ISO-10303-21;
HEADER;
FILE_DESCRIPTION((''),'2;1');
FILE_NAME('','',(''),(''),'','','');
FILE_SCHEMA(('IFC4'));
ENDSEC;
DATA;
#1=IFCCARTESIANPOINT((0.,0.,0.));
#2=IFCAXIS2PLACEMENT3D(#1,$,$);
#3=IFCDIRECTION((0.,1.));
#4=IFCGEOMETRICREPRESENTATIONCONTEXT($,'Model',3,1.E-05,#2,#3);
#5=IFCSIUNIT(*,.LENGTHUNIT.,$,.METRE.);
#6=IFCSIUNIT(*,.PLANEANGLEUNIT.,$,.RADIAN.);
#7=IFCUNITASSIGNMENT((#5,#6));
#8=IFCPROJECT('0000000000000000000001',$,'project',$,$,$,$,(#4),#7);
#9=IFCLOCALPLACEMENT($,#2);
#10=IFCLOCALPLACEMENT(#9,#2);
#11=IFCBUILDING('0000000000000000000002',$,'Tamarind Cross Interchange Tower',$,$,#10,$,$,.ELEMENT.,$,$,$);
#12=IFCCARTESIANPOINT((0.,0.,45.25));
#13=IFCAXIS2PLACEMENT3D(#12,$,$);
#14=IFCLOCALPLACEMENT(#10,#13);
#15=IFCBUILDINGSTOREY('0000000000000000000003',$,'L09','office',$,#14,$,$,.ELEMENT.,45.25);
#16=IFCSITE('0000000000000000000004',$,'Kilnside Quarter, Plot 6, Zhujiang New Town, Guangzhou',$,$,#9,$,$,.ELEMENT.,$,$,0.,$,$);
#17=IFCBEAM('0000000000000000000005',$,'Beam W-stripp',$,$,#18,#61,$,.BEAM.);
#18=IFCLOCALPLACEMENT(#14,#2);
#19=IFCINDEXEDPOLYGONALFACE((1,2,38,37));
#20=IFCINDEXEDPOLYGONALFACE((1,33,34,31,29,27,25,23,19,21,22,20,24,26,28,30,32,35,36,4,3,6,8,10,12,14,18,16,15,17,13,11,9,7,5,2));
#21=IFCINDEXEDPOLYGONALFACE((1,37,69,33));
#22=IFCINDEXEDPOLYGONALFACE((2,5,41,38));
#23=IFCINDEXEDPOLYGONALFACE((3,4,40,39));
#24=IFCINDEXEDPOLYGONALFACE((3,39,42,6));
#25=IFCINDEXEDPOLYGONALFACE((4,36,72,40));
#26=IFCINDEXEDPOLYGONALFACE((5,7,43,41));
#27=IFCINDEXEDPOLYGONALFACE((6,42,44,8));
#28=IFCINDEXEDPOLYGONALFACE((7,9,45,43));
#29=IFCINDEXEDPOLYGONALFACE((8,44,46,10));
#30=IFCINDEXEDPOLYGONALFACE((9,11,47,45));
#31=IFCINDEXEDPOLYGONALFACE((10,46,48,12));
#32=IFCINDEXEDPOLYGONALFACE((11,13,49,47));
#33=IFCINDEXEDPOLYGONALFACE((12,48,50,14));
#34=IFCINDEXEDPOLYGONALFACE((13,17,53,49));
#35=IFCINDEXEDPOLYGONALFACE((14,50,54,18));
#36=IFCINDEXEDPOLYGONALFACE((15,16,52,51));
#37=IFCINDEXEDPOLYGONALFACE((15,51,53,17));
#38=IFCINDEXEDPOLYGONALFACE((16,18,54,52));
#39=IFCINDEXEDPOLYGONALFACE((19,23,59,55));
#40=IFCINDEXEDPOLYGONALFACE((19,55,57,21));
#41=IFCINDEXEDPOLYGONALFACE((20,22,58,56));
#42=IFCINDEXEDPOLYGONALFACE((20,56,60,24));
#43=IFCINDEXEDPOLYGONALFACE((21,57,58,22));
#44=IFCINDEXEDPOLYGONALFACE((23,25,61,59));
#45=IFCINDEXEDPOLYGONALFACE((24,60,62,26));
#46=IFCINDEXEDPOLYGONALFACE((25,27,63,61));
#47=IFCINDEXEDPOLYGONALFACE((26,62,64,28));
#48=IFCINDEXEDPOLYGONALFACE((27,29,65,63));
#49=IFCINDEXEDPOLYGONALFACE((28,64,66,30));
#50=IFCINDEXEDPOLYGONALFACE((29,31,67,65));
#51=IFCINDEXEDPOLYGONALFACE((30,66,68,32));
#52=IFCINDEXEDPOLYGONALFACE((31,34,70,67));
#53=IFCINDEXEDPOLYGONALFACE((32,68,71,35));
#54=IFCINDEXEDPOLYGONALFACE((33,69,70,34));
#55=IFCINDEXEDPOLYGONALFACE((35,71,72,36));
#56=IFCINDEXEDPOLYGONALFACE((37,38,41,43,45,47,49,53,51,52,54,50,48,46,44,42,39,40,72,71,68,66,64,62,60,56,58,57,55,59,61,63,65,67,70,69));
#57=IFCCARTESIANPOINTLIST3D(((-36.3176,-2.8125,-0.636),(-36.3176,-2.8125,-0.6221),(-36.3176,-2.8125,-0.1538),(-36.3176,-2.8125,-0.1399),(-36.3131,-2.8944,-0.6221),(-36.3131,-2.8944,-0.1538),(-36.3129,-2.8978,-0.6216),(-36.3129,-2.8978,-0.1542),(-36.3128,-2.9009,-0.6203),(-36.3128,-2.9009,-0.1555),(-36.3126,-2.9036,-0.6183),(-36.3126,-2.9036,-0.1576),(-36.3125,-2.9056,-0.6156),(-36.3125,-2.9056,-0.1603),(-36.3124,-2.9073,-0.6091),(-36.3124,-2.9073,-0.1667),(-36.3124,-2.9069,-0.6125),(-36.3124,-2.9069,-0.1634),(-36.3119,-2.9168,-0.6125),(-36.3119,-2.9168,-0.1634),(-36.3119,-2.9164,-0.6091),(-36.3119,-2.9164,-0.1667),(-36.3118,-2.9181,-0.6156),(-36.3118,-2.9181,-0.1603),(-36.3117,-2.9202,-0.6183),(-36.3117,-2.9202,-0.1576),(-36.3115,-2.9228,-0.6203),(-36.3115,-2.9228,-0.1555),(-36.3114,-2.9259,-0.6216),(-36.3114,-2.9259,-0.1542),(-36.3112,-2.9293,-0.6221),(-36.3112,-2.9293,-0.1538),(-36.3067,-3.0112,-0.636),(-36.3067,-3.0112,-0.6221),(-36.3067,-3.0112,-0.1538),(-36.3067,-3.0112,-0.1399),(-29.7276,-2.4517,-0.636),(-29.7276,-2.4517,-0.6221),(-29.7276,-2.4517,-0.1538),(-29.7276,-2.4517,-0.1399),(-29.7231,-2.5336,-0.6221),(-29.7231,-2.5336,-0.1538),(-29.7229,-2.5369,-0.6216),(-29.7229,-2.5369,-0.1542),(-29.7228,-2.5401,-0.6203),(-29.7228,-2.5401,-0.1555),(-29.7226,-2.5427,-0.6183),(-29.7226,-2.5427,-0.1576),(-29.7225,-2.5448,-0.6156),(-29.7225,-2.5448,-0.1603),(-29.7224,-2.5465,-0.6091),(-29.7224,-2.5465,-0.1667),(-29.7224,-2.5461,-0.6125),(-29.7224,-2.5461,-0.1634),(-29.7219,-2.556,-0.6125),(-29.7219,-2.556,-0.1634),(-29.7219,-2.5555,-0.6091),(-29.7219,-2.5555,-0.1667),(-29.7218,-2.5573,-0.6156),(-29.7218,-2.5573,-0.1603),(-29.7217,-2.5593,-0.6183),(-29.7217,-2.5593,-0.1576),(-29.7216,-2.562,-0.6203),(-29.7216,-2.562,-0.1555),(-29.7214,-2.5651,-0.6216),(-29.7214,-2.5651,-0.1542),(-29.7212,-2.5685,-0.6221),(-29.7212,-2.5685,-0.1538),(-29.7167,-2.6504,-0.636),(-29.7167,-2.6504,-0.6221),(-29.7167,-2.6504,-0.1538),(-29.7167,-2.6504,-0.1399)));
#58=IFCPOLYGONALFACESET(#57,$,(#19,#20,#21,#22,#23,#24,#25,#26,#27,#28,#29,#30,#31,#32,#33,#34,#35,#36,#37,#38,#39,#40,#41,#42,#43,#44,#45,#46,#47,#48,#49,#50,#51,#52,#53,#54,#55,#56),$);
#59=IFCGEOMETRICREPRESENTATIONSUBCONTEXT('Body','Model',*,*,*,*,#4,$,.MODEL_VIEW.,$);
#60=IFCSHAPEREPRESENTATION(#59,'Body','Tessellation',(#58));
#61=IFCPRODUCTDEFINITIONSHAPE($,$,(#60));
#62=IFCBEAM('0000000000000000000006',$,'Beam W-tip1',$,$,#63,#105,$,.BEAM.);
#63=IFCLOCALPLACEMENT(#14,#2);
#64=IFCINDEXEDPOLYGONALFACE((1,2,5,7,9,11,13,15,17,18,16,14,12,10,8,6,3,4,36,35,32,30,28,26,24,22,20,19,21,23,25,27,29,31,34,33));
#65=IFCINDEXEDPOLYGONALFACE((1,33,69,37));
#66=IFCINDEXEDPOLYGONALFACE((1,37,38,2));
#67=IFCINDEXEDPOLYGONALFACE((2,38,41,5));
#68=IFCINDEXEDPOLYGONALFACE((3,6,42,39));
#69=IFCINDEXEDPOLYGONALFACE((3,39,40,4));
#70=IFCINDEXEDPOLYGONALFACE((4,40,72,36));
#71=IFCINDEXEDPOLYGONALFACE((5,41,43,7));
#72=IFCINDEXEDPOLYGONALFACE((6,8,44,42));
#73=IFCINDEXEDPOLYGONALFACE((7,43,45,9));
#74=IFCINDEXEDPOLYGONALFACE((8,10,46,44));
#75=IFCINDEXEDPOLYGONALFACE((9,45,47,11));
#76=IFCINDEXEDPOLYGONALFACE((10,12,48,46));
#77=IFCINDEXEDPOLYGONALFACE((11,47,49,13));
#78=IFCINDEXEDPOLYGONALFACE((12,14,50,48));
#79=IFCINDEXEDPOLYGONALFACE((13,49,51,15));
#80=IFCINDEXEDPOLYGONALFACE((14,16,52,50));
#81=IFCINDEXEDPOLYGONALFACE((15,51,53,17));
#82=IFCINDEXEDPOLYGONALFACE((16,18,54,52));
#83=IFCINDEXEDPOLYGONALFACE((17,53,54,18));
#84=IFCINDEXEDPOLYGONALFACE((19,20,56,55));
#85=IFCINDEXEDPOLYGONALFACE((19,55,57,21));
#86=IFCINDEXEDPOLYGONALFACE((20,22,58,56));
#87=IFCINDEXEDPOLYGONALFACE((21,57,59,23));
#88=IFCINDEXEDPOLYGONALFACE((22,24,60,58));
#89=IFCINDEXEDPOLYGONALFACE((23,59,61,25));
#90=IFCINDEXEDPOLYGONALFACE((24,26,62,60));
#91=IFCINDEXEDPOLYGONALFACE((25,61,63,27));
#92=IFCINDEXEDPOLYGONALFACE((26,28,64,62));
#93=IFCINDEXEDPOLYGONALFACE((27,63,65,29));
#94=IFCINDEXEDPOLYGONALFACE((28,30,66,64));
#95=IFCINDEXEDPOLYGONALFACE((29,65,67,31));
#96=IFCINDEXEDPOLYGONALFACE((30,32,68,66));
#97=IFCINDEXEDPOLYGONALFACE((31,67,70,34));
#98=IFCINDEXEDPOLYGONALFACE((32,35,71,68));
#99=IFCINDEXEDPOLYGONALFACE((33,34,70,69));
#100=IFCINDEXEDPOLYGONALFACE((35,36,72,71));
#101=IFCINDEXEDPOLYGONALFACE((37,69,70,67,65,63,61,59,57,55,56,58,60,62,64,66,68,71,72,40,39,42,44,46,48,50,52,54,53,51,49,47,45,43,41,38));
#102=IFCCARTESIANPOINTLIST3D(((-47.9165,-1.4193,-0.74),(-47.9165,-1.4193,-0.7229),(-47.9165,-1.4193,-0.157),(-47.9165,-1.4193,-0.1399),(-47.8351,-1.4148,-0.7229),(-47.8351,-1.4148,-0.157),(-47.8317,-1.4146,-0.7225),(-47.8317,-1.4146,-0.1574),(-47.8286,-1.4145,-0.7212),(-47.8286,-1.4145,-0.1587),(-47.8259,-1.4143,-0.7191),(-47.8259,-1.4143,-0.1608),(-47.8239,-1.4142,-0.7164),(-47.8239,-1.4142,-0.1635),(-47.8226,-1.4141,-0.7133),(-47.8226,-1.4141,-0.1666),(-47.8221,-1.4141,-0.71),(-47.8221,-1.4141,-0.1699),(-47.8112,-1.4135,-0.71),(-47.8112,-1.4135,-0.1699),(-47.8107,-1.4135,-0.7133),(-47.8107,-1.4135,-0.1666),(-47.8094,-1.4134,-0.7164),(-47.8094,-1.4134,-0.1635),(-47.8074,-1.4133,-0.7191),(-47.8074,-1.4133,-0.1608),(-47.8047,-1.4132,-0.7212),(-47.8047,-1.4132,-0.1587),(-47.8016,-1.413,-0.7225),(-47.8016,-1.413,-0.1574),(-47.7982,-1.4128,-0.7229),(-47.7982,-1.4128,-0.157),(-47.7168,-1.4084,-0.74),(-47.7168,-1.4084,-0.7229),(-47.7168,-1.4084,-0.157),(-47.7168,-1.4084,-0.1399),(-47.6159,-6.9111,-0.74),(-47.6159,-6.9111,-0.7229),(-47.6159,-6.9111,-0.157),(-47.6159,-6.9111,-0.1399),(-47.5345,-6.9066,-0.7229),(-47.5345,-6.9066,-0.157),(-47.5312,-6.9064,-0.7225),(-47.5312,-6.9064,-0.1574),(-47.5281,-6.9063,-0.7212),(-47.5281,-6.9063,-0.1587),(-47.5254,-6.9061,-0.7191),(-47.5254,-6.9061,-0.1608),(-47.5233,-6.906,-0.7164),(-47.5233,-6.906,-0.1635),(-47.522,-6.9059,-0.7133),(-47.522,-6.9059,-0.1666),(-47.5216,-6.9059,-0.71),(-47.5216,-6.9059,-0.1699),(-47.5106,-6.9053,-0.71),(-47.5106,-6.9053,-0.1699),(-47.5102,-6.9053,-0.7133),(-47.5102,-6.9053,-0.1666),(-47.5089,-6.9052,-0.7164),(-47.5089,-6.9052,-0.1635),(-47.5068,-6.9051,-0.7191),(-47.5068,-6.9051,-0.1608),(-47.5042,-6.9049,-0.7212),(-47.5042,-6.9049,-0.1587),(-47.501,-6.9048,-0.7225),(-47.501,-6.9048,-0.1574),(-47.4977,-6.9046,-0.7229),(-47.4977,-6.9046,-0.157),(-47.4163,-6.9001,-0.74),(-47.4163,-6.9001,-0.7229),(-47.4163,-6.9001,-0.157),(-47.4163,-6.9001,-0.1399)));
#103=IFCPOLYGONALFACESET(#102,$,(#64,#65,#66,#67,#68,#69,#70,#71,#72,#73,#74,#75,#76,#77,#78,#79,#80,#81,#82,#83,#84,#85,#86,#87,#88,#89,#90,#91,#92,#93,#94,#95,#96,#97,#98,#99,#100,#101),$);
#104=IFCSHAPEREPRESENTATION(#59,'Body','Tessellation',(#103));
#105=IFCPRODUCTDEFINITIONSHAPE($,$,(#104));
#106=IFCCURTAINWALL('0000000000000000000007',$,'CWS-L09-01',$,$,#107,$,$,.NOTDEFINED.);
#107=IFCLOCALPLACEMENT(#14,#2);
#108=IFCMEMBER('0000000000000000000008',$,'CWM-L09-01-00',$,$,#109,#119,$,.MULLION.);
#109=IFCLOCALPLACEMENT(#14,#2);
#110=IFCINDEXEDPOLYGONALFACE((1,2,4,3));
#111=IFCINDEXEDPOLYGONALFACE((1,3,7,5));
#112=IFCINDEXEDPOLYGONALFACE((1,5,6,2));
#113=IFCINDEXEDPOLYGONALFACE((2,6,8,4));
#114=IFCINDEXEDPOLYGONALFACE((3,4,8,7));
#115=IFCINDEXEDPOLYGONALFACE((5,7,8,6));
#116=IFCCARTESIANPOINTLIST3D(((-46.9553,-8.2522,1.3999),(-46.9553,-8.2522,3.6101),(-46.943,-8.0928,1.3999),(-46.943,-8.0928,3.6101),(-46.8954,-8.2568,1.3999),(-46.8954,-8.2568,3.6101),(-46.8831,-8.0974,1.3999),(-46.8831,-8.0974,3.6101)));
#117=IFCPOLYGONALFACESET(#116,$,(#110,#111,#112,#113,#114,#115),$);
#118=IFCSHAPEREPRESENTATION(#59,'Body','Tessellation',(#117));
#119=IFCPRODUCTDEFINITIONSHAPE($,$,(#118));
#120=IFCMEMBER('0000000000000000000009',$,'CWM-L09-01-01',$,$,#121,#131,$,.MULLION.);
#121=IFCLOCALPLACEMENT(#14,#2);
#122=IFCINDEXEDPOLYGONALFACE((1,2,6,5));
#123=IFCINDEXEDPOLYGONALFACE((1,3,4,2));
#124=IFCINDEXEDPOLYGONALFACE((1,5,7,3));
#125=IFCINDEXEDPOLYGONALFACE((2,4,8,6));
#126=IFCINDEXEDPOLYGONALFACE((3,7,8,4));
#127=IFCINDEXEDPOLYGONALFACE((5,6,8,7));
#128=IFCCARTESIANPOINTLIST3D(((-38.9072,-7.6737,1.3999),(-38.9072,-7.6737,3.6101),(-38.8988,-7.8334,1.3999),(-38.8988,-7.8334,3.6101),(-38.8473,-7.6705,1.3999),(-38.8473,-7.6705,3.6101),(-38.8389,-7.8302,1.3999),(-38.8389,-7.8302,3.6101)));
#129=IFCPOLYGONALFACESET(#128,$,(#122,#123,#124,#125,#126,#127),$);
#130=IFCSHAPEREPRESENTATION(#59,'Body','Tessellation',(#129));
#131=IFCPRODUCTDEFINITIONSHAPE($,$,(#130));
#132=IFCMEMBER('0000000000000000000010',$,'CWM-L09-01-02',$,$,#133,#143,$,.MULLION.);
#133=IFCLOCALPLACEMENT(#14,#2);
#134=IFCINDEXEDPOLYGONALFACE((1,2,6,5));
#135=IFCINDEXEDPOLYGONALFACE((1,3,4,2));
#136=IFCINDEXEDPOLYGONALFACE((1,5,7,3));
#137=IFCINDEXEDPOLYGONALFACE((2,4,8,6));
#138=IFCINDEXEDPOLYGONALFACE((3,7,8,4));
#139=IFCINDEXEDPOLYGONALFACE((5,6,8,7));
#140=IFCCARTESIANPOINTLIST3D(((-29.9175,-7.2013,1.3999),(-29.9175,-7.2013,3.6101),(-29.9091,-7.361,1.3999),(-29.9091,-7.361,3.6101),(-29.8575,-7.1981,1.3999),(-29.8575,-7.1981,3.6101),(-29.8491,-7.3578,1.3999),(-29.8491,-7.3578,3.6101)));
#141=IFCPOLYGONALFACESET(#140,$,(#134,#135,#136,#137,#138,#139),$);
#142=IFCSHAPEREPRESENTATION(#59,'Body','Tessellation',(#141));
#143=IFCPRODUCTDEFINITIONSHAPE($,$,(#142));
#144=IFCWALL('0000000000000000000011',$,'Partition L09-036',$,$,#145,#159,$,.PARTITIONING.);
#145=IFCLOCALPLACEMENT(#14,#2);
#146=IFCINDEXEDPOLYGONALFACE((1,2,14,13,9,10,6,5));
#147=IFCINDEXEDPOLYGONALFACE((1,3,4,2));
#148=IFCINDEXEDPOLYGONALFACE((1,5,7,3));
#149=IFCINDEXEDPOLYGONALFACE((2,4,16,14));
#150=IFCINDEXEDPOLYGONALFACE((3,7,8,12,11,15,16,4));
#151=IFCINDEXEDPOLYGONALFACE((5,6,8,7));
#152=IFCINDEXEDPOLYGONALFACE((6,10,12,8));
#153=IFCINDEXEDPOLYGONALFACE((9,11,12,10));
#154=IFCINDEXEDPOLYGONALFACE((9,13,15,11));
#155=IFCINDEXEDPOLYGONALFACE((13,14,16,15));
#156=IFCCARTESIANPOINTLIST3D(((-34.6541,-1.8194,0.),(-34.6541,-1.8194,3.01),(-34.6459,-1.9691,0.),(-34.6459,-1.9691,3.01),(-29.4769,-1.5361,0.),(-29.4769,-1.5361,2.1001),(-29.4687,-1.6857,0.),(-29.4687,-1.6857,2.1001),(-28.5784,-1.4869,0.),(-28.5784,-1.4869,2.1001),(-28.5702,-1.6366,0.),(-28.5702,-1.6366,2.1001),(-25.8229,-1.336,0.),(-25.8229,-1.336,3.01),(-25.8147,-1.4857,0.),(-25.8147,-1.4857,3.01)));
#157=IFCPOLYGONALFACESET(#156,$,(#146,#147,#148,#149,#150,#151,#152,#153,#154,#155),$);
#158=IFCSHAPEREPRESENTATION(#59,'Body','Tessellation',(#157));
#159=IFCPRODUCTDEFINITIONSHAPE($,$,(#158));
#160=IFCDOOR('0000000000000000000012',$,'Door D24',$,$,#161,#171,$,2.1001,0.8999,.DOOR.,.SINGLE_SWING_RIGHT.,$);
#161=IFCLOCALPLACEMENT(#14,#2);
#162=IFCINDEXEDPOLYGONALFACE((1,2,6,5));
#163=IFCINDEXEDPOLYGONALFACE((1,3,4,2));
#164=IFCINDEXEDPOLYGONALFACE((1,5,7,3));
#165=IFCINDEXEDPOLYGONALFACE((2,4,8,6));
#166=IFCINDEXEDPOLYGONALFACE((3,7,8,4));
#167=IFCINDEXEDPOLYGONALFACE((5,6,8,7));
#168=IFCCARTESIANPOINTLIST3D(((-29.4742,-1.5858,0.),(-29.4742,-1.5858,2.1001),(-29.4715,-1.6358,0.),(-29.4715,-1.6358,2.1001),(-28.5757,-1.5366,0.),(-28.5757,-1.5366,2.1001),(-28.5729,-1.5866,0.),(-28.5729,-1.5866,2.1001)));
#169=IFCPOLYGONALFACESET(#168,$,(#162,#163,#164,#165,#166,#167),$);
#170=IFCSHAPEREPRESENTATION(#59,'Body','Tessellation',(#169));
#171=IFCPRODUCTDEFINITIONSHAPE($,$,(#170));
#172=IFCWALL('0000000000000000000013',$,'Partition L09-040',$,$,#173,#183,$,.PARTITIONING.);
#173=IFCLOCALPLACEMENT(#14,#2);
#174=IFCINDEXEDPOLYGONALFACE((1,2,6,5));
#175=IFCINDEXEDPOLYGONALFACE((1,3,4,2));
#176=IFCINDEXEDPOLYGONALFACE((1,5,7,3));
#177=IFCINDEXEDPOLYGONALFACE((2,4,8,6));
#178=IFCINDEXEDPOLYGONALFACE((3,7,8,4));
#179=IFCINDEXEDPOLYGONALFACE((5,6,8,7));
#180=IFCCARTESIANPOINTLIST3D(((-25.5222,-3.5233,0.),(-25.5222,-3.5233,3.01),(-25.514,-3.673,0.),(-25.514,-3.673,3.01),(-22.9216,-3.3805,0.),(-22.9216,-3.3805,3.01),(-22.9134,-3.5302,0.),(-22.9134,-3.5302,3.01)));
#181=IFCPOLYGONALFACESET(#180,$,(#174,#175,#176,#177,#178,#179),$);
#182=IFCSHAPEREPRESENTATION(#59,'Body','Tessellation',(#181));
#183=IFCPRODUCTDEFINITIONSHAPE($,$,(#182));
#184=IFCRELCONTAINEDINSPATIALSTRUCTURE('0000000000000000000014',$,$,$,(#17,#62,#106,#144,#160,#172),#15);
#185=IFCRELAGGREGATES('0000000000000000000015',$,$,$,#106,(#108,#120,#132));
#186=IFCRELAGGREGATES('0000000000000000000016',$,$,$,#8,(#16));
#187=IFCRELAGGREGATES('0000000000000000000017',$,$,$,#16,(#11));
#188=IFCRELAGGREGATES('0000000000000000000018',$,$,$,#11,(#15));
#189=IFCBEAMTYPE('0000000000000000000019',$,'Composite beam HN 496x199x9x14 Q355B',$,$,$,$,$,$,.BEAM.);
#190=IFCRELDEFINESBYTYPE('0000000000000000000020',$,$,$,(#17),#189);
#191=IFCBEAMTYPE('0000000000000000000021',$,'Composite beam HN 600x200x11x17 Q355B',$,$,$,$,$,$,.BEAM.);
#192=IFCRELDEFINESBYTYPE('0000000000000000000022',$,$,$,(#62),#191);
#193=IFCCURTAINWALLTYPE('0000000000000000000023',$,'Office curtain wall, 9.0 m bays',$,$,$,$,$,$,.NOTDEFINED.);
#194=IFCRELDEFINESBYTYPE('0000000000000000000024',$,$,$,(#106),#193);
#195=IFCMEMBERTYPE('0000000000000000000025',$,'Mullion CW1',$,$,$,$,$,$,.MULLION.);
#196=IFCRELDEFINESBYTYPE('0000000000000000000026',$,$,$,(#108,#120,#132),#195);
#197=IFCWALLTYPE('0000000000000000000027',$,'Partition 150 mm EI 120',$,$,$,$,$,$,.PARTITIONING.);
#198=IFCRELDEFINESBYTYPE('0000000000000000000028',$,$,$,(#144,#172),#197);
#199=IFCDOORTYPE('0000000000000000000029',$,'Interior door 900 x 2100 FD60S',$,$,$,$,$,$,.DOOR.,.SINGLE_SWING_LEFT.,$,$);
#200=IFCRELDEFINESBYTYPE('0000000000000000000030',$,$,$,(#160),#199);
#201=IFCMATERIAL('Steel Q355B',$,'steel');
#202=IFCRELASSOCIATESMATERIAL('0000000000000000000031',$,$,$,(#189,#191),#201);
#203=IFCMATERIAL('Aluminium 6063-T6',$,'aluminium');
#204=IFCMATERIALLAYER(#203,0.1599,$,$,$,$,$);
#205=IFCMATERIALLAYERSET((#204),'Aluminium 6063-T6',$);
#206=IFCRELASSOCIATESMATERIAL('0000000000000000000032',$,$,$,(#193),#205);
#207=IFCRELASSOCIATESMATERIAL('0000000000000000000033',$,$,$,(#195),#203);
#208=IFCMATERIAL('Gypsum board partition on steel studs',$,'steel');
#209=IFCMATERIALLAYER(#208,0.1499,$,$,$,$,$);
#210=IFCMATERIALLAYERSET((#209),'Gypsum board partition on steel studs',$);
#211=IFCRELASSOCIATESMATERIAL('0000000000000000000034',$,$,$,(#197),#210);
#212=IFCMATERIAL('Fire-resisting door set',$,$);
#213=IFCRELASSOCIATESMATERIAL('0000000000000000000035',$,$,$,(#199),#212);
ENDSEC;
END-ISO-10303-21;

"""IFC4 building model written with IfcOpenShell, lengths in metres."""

from ifc_helpers import new_model, si_unit, direction, frame, frame_2d, origin, origin_2d, place, context, subcontext, project, spatial, rectangle, i_section, extrude, material, layer, layer_set, material_profile, profile_set, type_object, element, fill, aggregate, save


model = new_model("IFC4")

# Units and contexts
model_context = context("Model", 3, precision=1e-05, world=origin(), true_north=direction((0.0, 1.0)))
body_context = subcontext(model_context, "Body", "Model", "MODEL_VIEW")
ifc_project = project(units=[si_unit("LENGTHUNIT", "METRE"), si_unit("PLANEANGLEUNIT", "RADIAN")], contexts=[model_context])

# Site, building, storey
site_placement = place(None, origin())
site = spatial("IfcSite", under=ifc_project, at=site_placement, Name="Kilnside Quarter, Plot 6, Zhujiang New Town, Guangzhou", CompositionType="ELEMENT", RefElevation=0.0)
building_placement = place(site_placement, origin())
building = spatial("IfcBuilding", under=site, at=building_placement, Name="Tamarind Cross Interchange Tower", CompositionType="ELEMENT")
storey_placement = place(building_placement, frame((0.0, 0.0, 45.25)))
storey = spatial("IfcBuildingStorey", under=building, at=storey_placement, Name="L09", Description="office", CompositionType="ELEMENT", Elevation=45.25)

# Beams
ifc_material_1 = material(Name="Steel Q355B", Category="steel")
ifc_material_profile_1 = material_profile(ifc_material_1, i_section(OverallWidth=0.199, OverallDepth=0.4961, WebThickness=0.009, FlangeThickness=0.0139, FilletRadius=0.0129, at=origin_2d()), Name="HN 496x199x9x14")
ifc_profile_set_1 = profile_set([ifc_material_profile_1], Name="Steel Q355B")
beam_type_1 = type_object("IfcBeamType", Name="Composite beam HN 496x199x9x14 Q355B", PredefinedType="BEAM", material=ifc_profile_set_1)
beam_1_placement = place(storey_placement, frame((-29.7222, -2.551, -0.3879), z_axis=(-0.998504, -0.054673, 0.0), x_axis=(0.054673, -0.998504, 0.0)))
element("IfcBeam", 1, at=beam_1_placement, inside=storey, type_object=beam_type_1, Name="Beam W-stripp", PredefinedType="BEAM", context=body_context, shape_type="SweptSolid", body=[
    extrude(i_section(OverallWidth=0.199, OverallDepth=0.4961, WebThickness=0.009, FlangeThickness=0.0139, FilletRadius=0.0129, at=origin_2d()), origin(), (0.0, 0.0, 1.0), 6.5999),
])
ifc_material_profile_2 = material_profile(ifc_material_1, i_section(OverallWidth=0.2, OverallDepth=0.6001, WebThickness=0.011, FlangeThickness=0.0171, FilletRadius=0.0129, at=origin_2d()), Name="HN 600x200x11x17")
ifc_profile_set_2 = profile_set([ifc_material_profile_2], Name="Steel Q355B")
beam_type_2 = type_object("IfcBeamType", Name="Composite beam HN 600x200x11x17 Q355B", PredefinedType="BEAM", material=ifc_profile_set_2)
beam_2_placement = place(storey_placement, frame((-47.8167, -1.4138, -0.4399), z_axis=(0.054644, -0.998506, 0.0), x_axis=(0.998506, 0.054644, 0.0)))
element("IfcBeam", 2, at=beam_2_placement, inside=storey, type_object=beam_type_2, Name="Beam W-tip1", PredefinedType="BEAM", context=body_context, shape_type="SweptSolid", body=[
    extrude(i_section(OverallWidth=0.2, OverallDepth=0.6001, WebThickness=0.011, FlangeThickness=0.0171, FilletRadius=0.0129, at=origin_2d()), origin(), (0.0, 0.0, 1.0), 5.5),
])

# Curtain wall, members
ifc_material_2 = material(Name="Aluminium 6063-T6", Category="aluminium")
ifc_layer_1 = layer(ifc_material_2, 0.1599)
ifc_layer_set_1 = layer_set([ifc_layer_1], Name="Aluminium 6063-T6")
curtain_wall_type = type_object("IfcCurtainWallType", Name="Office curtain wall, 9.0 m bays", PredefinedType="NOTDEFINED", material=ifc_layer_set_1)
curtain_wall_placement = place(storey_placement, origin())
curtain_wall = element("IfcCurtainWall", 3, at=curtain_wall_placement, inside=storey, type_object=curtain_wall_type, Name="CWS-L09-01", PredefinedType="NOTDEFINED")
ifc_material_profile_3 = material_profile(ifc_material_2, rectangle(XDim=0.0601, YDim=0.1599, at=origin_2d()), Name="Mullion CW1")
ifc_profile_set_3 = profile_set([ifc_material_profile_3], Name="Aluminium 6063-T6")
member_type = type_object("IfcMemberType", Name="Mullion CW1", PredefinedType="MULLION", material=ifc_profile_set_3)
member_1_placement = place(storey_placement, frame((-46.9192, -8.1748, 1.3999), z_axis=(0.0, 0.0, 1.0), x_axis=(0.997014, -0.077219, 0.0)))
member_1 = element("IfcMember", 4, at=member_1_placement, type_object=member_type, Name="CWM-L09-01-00", PredefinedType="MULLION", context=body_context, shape_type="SweptSolid", body=[
    extrude(rectangle(XDim=0.0601, YDim=0.1599, at=origin_2d()), origin(), (0.0, 0.0, 1.0), 2.2102),
])
member_2_placement = place(storey_placement, frame((-38.873, -7.752, 1.3999), z_axis=(0.0, 0.0, 1.0), x_axis=(0.998622, 0.052478, 0.0)))
member_2 = element("IfcMember", 5, at=member_2_placement, type_object=member_type, Name="CWM-L09-01-01", PredefinedType="MULLION", context=body_context, shape_type="SweptSolid", body=[
    extrude(rectangle(XDim=0.0601, YDim=0.1599, at=origin_2d()), origin(), (0.0, 0.0, 1.0), 2.2102),
])
member_3_placement = place(storey_placement, frame((-29.8833, -7.2795, 1.3999), z_axis=(0.0, 0.0, 1.0), x_axis=(0.998622, 0.052478, 0.0)))
member_3 = element("IfcMember", 6, at=member_3_placement, type_object=member_type, Name="CWM-L09-01-02", PredefinedType="MULLION", context=body_context, shape_type="SweptSolid", body=[
    extrude(rectangle(XDim=0.0601, YDim=0.1599, at=origin_2d()), origin(), (0.0, 0.0, 1.0), 2.2102),
])
aggregate(curtain_wall, [member_1, member_2, member_3])

# Wall, opening, door
ifc_material_3 = material(Name="Gypsum board partition on steel studs", Category="steel")
ifc_layer_2 = layer(ifc_material_3, 0.1499)
ifc_layer_set_2 = layer_set([ifc_layer_2], Name="Gypsum board partition on steel studs")
wall_type = type_object("IfcWallType", Name="Partition 150 mm EI 120", PredefinedType="PARTITIONING", material=ifc_layer_set_2)
wall_1_placement = place(storey_placement, frame((-34.6501, -1.8943, 0.0), z_axis=(0.0, 0.0, 1.0), x_axis=(0.998505, 0.054655, 0.0)))
wall_1 = element("IfcWall", 7, at=wall_1_placement, inside=storey, type_object=wall_type, Name="Partition L09-036", PredefinedType="PARTITIONING", context=body_context, shape_type="SweptSolid", body=[
    extrude(rectangle(XDim=8.8445, YDim=0.1499, at=frame_2d((4.4224, 0.0))), origin(), (0.0, 0.0, 1.0), 3.01),
])
opening_placement = place(wall_1_placement, frame((5.1851, 0.0, 0.0)))
opening = element("IfcOpeningElement", 8, at=opening_placement, cuts=wall_1, PredefinedType="OPENING", context=body_context, shape_type="SweptSolid", body=[
    extrude(rectangle(XDim=0.8999, YDim=2.1001, at=frame_2d((0.45, 1.05))), frame((0.0, 0.085, 0.0), z_axis=(0.0, -1.0, 0.0), x_axis=(1.0, 0.0, 0.0)), (0.0, 0.0, 1.0), 0.1699),
])
ifc_material_4 = material(Name="Fire-resisting door set")
door_type = type_object("IfcDoorType", Name="Interior door 900 x 2100 FD60S", OperationType="SINGLE_SWING_LEFT", PredefinedType="DOOR", material=ifc_material_4)
door_placement = place(opening_placement, frame((0.8999, 0.0, 0.0), z_axis=(0.0, 0.0, 1.0), x_axis=(-1.0, 0.0, 0.0)))
door = element("IfcDoor", 9, at=door_placement, inside=storey, type_object=door_type, Name="Door D24", OperationType="SINGLE_SWING_RIGHT", OverallHeight=2.1001, OverallWidth=0.8999, PredefinedType="DOOR", context=body_context, shape_type="SweptSolid", body=[
    extrude(rectangle(XDim=0.8999, YDim=2.1001, at=frame_2d((0.45, 1.05))), frame((0.0, 0.0249, 0.0), z_axis=(0.0, -1.0, 0.0), x_axis=(1.0, 0.0, 0.0)), (0.0, 0.0, 1.0), 0.05),
])
fill(opening, door)

# Wall
wall_2_placement = place(storey_placement, frame((-25.5181, -3.5981, 0.0), z_axis=(0.0, 0.0, 1.0), x_axis=(0.998495, 0.054837, 0.0)))
element("IfcWall", 10, at=wall_2_placement, inside=storey, type_object=wall_type, Name="Partition L09-040", PredefinedType="PARTITIONING", context=body_context, shape_type="SweptSolid", body=[
    extrude(rectangle(XDim=2.6045, YDim=0.1499, at=frame_2d((1.3022, 0.0))), origin(), (0.0, 0.0, 1.0), 3.01),
])

save(model, "model.ifc")
